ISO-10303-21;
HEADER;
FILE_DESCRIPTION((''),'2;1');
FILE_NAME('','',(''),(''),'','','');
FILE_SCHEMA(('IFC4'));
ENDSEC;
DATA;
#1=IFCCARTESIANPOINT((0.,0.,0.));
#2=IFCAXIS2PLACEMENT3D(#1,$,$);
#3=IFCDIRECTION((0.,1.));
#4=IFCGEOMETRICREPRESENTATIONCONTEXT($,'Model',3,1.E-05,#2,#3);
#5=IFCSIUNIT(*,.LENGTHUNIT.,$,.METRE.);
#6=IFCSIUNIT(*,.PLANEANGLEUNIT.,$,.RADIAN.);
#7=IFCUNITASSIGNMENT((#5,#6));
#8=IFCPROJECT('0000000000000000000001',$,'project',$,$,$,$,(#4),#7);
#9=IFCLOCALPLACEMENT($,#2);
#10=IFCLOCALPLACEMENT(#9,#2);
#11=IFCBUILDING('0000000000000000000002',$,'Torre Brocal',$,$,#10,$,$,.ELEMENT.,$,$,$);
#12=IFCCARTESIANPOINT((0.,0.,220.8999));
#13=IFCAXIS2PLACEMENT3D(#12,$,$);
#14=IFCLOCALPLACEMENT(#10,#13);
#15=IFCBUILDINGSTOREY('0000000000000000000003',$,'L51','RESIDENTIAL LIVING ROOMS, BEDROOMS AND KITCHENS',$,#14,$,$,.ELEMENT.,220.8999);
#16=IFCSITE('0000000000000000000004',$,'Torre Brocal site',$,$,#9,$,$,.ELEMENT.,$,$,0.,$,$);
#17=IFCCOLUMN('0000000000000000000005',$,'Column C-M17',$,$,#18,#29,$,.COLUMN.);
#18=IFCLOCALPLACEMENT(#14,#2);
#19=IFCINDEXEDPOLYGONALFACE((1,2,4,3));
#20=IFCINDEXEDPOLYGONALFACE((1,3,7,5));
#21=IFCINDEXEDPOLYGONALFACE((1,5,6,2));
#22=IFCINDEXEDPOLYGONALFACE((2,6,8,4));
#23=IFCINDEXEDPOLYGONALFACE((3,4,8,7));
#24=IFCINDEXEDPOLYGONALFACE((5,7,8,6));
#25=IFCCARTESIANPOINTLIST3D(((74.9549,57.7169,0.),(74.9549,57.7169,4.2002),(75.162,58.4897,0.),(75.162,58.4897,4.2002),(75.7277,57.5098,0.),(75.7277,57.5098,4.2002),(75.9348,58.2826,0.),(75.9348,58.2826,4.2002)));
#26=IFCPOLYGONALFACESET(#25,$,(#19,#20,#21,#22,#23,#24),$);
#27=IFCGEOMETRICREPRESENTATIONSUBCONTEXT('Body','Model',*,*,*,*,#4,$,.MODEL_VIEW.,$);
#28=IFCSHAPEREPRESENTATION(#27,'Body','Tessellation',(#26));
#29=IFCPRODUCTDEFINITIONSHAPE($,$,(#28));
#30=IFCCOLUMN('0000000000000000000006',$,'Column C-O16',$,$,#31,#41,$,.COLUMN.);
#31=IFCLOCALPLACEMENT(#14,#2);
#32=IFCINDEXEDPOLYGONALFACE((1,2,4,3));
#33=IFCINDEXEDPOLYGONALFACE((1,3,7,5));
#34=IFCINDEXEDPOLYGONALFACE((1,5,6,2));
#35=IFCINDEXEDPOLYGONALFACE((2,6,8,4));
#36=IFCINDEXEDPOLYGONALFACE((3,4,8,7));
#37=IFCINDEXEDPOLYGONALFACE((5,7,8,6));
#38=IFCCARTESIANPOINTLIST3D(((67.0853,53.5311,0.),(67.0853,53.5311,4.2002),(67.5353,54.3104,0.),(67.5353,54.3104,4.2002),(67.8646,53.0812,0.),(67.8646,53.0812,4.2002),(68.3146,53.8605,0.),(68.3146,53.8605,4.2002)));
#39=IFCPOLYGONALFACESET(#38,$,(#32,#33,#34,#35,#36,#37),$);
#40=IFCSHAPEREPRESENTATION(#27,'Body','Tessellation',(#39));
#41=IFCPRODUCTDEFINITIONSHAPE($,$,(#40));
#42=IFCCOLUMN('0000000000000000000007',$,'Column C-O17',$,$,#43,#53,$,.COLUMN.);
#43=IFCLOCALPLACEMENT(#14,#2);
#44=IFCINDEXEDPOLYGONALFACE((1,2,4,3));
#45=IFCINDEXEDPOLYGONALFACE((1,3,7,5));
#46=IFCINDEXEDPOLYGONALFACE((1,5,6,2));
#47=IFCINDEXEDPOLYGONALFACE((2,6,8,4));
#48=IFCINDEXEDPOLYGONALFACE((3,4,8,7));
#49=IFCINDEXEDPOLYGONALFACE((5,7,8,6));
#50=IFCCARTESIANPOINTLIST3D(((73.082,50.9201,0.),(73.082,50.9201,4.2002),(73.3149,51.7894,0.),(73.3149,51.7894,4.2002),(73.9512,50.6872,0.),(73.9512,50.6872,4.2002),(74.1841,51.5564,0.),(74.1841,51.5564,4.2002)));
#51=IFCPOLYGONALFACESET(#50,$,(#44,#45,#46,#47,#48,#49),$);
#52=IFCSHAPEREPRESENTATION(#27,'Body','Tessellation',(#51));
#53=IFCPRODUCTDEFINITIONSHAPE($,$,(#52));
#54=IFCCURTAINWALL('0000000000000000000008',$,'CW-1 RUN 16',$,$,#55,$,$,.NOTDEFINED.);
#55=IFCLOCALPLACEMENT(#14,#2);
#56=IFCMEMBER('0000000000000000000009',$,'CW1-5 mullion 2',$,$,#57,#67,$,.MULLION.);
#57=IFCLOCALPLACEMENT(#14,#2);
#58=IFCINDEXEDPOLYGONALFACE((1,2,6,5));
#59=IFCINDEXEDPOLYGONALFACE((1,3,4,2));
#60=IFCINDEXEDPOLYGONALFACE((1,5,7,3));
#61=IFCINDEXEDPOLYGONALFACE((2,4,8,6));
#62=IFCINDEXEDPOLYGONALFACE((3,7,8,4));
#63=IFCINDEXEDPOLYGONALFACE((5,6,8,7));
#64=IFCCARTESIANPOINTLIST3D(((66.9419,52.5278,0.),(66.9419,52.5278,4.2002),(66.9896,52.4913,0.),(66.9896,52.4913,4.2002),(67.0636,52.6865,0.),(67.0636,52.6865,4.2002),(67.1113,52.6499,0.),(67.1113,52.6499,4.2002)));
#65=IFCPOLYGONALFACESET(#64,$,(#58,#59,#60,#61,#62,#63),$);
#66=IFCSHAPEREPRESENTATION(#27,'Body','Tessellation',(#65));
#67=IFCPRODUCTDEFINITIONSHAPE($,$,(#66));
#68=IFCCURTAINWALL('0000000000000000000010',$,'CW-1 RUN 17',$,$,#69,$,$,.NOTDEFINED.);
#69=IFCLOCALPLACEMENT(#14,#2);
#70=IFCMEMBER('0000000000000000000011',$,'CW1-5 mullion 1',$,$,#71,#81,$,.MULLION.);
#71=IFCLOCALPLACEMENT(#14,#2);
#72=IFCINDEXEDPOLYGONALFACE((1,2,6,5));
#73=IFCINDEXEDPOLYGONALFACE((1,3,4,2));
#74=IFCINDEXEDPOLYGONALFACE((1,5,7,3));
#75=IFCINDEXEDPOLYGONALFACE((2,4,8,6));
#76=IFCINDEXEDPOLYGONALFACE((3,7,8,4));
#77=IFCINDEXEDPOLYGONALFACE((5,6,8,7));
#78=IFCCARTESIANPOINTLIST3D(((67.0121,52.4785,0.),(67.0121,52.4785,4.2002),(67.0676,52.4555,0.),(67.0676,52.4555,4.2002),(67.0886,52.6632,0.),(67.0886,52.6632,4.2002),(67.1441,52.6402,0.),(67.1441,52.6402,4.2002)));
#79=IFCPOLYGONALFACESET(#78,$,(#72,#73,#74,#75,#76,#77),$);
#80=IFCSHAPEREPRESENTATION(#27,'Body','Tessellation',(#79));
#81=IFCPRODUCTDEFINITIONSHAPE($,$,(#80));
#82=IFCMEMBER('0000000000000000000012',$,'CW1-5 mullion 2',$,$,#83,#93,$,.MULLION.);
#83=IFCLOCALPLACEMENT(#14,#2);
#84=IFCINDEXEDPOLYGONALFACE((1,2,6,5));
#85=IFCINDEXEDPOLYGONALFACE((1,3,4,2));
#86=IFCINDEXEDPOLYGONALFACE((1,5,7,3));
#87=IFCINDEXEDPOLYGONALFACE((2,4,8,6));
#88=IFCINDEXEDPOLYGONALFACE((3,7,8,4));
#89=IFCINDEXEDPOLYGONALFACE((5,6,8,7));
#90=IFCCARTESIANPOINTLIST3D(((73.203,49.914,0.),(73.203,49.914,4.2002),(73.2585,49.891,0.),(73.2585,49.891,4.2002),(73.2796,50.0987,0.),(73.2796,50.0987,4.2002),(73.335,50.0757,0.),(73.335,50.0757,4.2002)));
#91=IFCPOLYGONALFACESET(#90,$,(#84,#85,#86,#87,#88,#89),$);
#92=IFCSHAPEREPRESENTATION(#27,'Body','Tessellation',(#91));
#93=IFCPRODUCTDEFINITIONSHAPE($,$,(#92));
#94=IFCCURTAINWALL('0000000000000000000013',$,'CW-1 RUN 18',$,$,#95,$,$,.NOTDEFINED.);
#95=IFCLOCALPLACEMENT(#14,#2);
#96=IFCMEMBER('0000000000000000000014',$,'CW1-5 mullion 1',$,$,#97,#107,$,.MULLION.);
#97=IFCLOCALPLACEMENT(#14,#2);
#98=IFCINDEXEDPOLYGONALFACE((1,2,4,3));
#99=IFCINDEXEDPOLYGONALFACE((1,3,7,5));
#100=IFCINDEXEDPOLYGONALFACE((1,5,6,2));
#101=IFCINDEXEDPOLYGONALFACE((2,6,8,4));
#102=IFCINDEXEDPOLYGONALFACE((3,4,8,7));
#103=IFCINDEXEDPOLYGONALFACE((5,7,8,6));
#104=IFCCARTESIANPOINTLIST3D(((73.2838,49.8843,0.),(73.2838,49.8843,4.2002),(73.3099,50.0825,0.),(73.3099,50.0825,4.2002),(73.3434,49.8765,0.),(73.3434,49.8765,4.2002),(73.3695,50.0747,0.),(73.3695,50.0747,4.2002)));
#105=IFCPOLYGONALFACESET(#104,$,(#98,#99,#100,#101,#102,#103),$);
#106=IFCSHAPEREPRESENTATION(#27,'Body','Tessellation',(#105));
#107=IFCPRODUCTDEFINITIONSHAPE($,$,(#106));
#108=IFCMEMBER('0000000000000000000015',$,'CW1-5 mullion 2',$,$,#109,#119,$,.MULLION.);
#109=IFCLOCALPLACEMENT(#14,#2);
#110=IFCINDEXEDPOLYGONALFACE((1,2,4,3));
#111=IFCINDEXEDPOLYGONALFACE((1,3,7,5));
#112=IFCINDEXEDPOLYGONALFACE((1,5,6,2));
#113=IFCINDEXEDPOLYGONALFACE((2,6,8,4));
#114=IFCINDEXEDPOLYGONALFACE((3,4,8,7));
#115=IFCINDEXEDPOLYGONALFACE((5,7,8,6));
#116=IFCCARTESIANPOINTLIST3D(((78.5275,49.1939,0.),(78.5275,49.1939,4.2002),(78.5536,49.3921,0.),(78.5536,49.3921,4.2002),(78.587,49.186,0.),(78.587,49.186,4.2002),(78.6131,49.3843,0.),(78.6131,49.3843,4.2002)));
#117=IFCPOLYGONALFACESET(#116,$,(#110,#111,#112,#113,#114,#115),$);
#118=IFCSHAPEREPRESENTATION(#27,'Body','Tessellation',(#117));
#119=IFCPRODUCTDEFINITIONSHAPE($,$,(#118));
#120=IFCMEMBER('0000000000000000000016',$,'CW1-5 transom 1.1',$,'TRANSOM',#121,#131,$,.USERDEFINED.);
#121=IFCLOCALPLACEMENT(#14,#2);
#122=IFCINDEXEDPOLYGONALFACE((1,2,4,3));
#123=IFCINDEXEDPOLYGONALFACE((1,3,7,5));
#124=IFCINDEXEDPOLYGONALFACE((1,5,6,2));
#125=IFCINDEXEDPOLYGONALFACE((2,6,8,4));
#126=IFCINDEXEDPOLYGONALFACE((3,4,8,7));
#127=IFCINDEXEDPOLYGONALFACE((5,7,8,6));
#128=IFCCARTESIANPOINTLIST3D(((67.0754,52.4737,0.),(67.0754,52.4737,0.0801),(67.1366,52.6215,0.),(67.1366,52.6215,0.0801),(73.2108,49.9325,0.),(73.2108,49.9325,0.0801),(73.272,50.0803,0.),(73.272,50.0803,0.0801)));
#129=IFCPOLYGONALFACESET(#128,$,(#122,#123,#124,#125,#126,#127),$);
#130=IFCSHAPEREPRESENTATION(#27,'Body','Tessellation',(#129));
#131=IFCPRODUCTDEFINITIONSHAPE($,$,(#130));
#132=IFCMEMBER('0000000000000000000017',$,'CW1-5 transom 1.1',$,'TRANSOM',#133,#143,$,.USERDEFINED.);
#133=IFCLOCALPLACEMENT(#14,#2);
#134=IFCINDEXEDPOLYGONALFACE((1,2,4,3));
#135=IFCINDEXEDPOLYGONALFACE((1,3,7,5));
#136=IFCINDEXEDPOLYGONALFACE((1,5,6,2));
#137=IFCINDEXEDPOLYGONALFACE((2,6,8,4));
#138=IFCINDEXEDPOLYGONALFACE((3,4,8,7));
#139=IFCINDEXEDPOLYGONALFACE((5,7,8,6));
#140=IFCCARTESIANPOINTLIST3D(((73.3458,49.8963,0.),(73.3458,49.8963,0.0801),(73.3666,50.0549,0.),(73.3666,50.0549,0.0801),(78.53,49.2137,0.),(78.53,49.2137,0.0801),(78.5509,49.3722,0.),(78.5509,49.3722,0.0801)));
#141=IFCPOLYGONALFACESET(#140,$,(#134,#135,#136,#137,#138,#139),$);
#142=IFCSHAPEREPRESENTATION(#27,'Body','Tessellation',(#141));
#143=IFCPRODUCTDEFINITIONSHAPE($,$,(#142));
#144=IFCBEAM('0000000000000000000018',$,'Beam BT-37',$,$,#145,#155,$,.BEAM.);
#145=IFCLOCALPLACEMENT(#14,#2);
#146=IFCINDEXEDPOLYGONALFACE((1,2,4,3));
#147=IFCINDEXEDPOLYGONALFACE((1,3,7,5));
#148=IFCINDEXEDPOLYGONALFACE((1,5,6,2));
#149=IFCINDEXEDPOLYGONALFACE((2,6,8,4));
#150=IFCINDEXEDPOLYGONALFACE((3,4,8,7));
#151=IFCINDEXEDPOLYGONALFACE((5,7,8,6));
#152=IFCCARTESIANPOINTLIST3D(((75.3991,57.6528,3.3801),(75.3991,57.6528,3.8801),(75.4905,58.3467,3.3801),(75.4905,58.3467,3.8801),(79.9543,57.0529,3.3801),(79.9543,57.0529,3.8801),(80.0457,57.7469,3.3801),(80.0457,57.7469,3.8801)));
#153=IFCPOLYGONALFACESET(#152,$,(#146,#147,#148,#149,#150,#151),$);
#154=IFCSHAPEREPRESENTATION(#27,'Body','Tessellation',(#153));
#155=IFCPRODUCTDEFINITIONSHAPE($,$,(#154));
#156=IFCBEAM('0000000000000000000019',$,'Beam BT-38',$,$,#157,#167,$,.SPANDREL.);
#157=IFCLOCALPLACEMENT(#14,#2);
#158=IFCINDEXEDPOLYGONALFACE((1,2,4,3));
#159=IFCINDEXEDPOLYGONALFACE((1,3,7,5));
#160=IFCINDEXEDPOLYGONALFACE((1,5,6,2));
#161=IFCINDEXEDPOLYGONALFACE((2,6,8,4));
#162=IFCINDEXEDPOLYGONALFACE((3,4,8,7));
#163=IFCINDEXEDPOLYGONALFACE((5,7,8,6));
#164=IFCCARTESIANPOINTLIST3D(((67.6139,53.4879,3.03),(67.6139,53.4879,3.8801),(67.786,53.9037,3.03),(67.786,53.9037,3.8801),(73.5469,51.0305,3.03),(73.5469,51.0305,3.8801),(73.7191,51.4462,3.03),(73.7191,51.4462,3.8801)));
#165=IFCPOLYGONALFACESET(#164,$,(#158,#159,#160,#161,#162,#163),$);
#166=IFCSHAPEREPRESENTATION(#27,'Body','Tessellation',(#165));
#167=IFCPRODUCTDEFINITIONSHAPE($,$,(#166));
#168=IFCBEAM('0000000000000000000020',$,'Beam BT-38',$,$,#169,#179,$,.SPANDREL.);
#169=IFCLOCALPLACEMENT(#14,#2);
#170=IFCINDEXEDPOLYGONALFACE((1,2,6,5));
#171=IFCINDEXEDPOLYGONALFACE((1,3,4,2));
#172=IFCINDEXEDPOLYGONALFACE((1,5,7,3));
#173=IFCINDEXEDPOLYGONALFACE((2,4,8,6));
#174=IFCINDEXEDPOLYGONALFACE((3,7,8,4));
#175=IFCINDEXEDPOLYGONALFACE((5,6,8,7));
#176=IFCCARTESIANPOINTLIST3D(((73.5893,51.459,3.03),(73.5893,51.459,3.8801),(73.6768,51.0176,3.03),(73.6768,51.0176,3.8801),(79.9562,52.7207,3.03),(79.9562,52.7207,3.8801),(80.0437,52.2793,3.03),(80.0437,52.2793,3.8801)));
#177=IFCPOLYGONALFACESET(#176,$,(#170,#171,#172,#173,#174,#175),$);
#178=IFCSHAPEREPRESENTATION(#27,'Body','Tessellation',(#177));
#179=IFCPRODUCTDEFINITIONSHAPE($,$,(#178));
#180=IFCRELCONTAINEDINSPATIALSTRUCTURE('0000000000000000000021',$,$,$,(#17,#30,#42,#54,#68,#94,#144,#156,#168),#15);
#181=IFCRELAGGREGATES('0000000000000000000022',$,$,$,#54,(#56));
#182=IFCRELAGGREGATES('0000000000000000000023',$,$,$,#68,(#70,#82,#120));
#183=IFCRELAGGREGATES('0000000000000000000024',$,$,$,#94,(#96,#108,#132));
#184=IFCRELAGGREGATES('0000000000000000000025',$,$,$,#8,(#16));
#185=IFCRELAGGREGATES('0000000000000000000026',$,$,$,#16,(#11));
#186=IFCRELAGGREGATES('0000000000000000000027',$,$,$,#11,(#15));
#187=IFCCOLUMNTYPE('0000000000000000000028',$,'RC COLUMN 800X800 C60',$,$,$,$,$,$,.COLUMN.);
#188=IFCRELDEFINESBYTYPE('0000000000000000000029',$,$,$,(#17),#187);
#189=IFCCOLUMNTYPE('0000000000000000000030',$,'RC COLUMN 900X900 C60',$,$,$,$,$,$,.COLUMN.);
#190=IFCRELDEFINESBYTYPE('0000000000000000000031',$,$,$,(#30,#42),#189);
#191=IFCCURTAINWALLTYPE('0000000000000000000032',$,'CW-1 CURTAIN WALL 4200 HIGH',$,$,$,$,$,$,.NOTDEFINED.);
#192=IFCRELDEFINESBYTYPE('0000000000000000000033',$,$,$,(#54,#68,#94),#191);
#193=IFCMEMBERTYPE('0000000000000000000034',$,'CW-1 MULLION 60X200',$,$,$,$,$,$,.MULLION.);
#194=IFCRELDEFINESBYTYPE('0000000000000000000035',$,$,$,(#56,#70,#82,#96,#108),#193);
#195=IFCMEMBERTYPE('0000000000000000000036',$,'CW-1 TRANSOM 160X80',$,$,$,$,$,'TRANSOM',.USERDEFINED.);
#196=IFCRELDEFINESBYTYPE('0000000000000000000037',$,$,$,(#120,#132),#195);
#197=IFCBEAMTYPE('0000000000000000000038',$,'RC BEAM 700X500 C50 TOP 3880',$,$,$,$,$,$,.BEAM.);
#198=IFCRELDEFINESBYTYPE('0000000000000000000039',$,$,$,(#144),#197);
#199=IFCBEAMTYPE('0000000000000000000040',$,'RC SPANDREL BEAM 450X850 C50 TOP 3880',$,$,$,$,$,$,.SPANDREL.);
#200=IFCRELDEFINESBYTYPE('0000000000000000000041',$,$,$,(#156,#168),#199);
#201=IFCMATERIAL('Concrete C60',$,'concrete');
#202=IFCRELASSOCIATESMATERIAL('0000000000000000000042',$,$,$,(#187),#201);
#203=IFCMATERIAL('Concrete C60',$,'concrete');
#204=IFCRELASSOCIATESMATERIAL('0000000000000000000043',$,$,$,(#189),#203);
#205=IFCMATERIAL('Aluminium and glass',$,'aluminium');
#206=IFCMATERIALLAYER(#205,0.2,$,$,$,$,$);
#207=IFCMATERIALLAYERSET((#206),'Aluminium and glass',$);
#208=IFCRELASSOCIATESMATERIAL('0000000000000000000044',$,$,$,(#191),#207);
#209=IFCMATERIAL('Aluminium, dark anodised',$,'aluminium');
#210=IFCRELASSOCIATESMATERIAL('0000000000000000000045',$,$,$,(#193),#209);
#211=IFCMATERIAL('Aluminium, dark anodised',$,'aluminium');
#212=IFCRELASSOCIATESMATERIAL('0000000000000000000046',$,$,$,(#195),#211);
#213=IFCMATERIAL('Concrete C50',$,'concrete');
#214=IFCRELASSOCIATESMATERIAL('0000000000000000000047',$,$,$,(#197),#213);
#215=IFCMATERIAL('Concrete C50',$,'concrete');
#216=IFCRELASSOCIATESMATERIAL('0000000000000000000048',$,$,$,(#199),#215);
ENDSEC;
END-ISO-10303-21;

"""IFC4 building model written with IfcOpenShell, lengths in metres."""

from ifc_helpers import new_model, si_unit, direction, frame, origin, origin_2d, place, context, subcontext, project, spatial, rectangle, extrude, material, layer, layer_set, material_profile, profile_set, type_object, element, aggregate, save


model = new_model("IFC4")

# Units and contexts
model_context = context("Model", 3, precision=1e-05, world=origin(), true_north=direction((0.0, 1.0)))
body_context = subcontext(model_context, "Body", "Model", "MODEL_VIEW")
ifc_project = project(units=[si_unit("LENGTHUNIT", "METRE"), si_unit("PLANEANGLEUNIT", "RADIAN")], contexts=[model_context])

# Site, building, storey
site_placement = place(None, origin())
site = spatial("IfcSite", under=ifc_project, at=site_placement, Name="Torre Brocal site", CompositionType="ELEMENT", RefElevation=0.0)
building_placement = place(site_placement, origin())
building = spatial("IfcBuilding", under=site, at=building_placement, Name="Torre Brocal", CompositionType="ELEMENT")
storey_placement = place(building_placement, frame((0.0, 0.0, 220.8999)))
storey = spatial("IfcBuildingStorey", under=building, at=storey_placement, Name="L51", Description="RESIDENTIAL LIVING ROOMS, BEDROOMS AND KITCHENS", CompositionType="ELEMENT", Elevation=220.8999)

# Columns
ifc_material_1 = material(Name="Concrete C60", Category="concrete")
ifc_material_profile_1 = material_profile(ifc_material_1, rectangle(XDim=0.8, YDim=0.8, at=origin_2d()), Name="RC 800X800")
ifc_profile_set_1 = profile_set([ifc_material_profile_1], Name="Concrete C60")
column_type_1 = type_object("IfcColumnType", Name="RC COLUMN 800X800 C60", PredefinedType="COLUMN", material=ifc_profile_set_1)
column_placement = place(storey_placement, frame((75.4448, 57.9998, 0.0), z_axis=(0.0, 0.0, 1.0), x_axis=(-0.258819, -0.965926, 0.0)))
element("IfcColumn", 1, at=column_placement, inside=storey, type_object=column_type_1, Name="Column C-M17", PredefinedType="COLUMN", context=body_context, shape_type="SweptSolid", body=[
    extrude(rectangle(XDim=0.8, YDim=0.8, at=origin_2d()), origin(), (0.0, 0.0, 1.0), 4.2002),
])
ifc_material_2 = material(Name="Concrete C60", Category="concrete")
ifc_material_profile_2 = material_profile(ifc_material_2, rectangle(XDim=0.8999, YDim=0.8999, at=origin_2d()), Name="RC 900X900")
ifc_profile_set_2 = profile_set([ifc_material_profile_2], Name="Concrete C60")
column_type_2 = type_object("IfcColumnType", Name="RC COLUMN 900X900 C60", PredefinedType="COLUMN", material=ifc_profile_set_2)
for number, where, z_axis, x_axis, name in (
    (2, (67.7, 53.6958, 0.0), (0.0, 0.0, 1.0), (-0.5, -0.866025, 0.0), "Column C-O16"),
    (3, (73.6331, 51.2383, 0.0), (0.0, 0.0, 1.0), (-0.258819, -0.965926, 0.0), "Column C-O17"),
):
    element("IfcColumn", number, at=place(storey_placement, frame(where, z_axis=z_axis, x_axis=x_axis)), inside=storey, type_object=column_type_2, Name=name, PredefinedType="COLUMN", context=body_context, shape_type="SweptSolid", body=[
        extrude(rectangle(XDim=0.8999, YDim=0.8999, at=origin_2d()), origin(), (0.0, 0.0, 1.0), 4.2002),
    ])

# Curtain wall, member
ifc_material_3 = material(Name="Aluminium and glass", Category="aluminium")
ifc_layer_1 = layer(ifc_material_3, 0.2)
ifc_layer_set_1 = layer_set([ifc_layer_1], Name="Aluminium and glass")
curtain_wall_type = type_object("IfcCurtainWallType", Name="CW-1 CURTAIN WALL 4200 HIGH", PredefinedType="NOTDEFINED", material=ifc_layer_set_1)
curtain_wall_1_placement = place(storey_placement, origin())
curtain_wall_1 = element("IfcCurtainWall", 4, at=curtain_wall_1_placement, inside=storey, type_object=curtain_wall_type, Name="CW-1 RUN 16", PredefinedType="NOTDEFINED")
ifc_material_4 = material(Name="Aluminium, dark anodised", Category="aluminium")
ifc_material_profile_3 = material_profile(ifc_material_4, rectangle(XDim=0.2, YDim=0.0601, at=origin_2d()), Name="CW-1 MULLION 60X200")
ifc_profile_set_3 = profile_set([ifc_material_profile_3], Name="Aluminium, dark anodised")
member_type_1 = type_object("IfcMemberType", Name="CW-1 MULLION 60X200", PredefinedType="MULLION", material=ifc_profile_set_3)
member_1_placement = place(storey_placement, frame((67.0266, 52.5889, 0.0), z_axis=(0.0, 0.0, 1.0), x_axis=(0.608761, 0.793353, 0.0)))
member_1 = element("IfcMember", 5, at=member_1_placement, type_object=member_type_1, Name="CW1-5 mullion 2", PredefinedType="MULLION", context=body_context, shape_type="SweptSolid", body=[
    extrude(rectangle(XDim=0.2, YDim=0.0601, at=origin_2d()), origin(), (0.0, 0.0, 1.0), 4.2002),
])
aggregate(curtain_wall_1, [member_1])

# Curtain walls, members
curtain_wall_2_placement = place(storey_placement, origin())
curtain_wall_2 = element("IfcCurtainWall", 6, at=curtain_wall_2_placement, inside=storey, type_object=curtain_wall_type, Name="CW-1 RUN 17", PredefinedType="NOTDEFINED")
member_2_placement = place(storey_placement, frame((67.0781, 52.5593, 0.0), z_axis=(0.0, 0.0, 1.0), x_axis=(0.382683, 0.92388, 0.0)))
member_2 = element("IfcMember", 7, at=member_2_placement, type_object=member_type_1, Name="CW1-5 mullion 1", PredefinedType="MULLION", context=body_context, shape_type="SweptSolid", body=[
    extrude(rectangle(XDim=0.2, YDim=0.0601, at=origin_2d()), origin(), (0.0, 0.0, 1.0), 4.2002),
])
member_3_placement = place(storey_placement, frame((73.269, 49.9949, 0.0), z_axis=(0.0, 0.0, 1.0), x_axis=(0.382683, 0.92388, 0.0)))
member_3 = element("IfcMember", 8, at=member_3_placement, type_object=member_type_1, Name="CW1-5 mullion 2", PredefinedType="MULLION", context=body_context, shape_type="SweptSolid", body=[
    extrude(rectangle(XDim=0.2, YDim=0.0601, at=origin_2d()), origin(), (0.0, 0.0, 1.0), 4.2002),
])
curtain_wall_3_placement = place(storey_placement, origin())
curtain_wall_3 = element("IfcCurtainWall", 9, at=curtain_wall_3_placement, inside=storey, type_object=curtain_wall_type, Name="CW-1 RUN 18", PredefinedType="NOTDEFINED")
member_4_placement = place(storey_placement, frame((73.3267, 49.9795, 0.0), z_axis=(0.0, 0.0, 1.0), x_axis=(0.130526, 0.991445, 0.0)))
member_4 = element("IfcMember", 10, at=member_4_placement, type_object=member_type_1, Name="CW1-5 mullion 1", PredefinedType="MULLION", context=body_context, shape_type="SweptSolid", body=[
    extrude(rectangle(XDim=0.2, YDim=0.0601, at=origin_2d()), origin(), (0.0, 0.0, 1.0), 4.2002),
])
member_5_placement = place(storey_placement, frame((78.5703, 49.2891, 0.0), z_axis=(0.0, 0.0, 1.0), x_axis=(0.130526, 0.991445, 0.0)))
member_5 = element("IfcMember", 11, at=member_5_placement, type_object=member_type_1, Name="CW1-5 mullion 2", PredefinedType="MULLION", context=body_context, shape_type="SweptSolid", body=[
    extrude(rectangle(XDim=0.2, YDim=0.0601, at=origin_2d()), origin(), (0.0, 0.0, 1.0), 4.2002),
])

# Members
ifc_material_5 = material(Name="Aluminium, dark anodised", Category="aluminium")
ifc_material_profile_4 = material_profile(ifc_material_5, rectangle(XDim=0.1599, YDim=0.0801, at=origin_2d()), Name="CW-1 TRANSOM 160X80")
ifc_profile_set_4 = profile_set([ifc_material_profile_4], Name="Aluminium, dark anodised")
member_type_2 = type_object("IfcMemberType", Name="CW-1 TRANSOM 160X80", ElementType="TRANSOM", PredefinedType="USERDEFINED", material=ifc_profile_set_4)
member_6_placement = place(storey_placement, frame((67.106, 52.5476, 0.04), z_axis=(0.923887, -0.382665, 0.0), x_axis=(0.382665, 0.923887, 0.0)))
member_6 = element("IfcMember", 12, at=member_6_placement, type_object=member_type_2, Name="CW1-5 transom 1.1", ObjectType="TRANSOM", PredefinedType="USERDEFINED", context=body_context, shape_type="SweptSolid", body=[
    extrude(rectangle(XDim=0.1599, YDim=0.0801, at=origin_2d()), origin(), (0.0, 0.0, 1.0), 6.6409),
])
member_7_placement = place(storey_placement, frame((73.3562, 49.9756, 0.04), z_axis=(0.991443, -0.130543, 0.0), x_axis=(0.130543, 0.991443, 0.0)))
member_7 = element("IfcMember", 13, at=member_7_placement, type_object=member_type_2, Name="CW1-5 transom 1.1", ObjectType="TRANSOM", PredefinedType="USERDEFINED", context=body_context, shape_type="SweptSolid", body=[
    extrude(rectangle(XDim=0.1599, YDim=0.0801, at=origin_2d()), origin(), (0.0, 0.0, 1.0), 5.229),
])

# Beams
ifc_material_6 = material(Name="Concrete C50", Category="concrete")
ifc_material_profile_5 = material_profile(ifc_material_6, rectangle(XDim=0.7, YDim=0.5, at=origin_2d()), Name="RC 700X500")
ifc_profile_set_5 = profile_set([ifc_material_profile_5], Name="Concrete C50")
beam_type_1 = type_object("IfcBeamType", Name="RC BEAM 700X500 C50 TOP 3880", PredefinedType="BEAM", material=ifc_profile_set_5)
beam_1_placement = place(storey_placement, frame((75.4448, 57.9998, 3.6301), z_axis=(0.991441, -0.130559, 0.0), x_axis=(0.130559, 0.991441, 0.0)))
element("IfcBeam", 14, at=beam_1_placement, inside=storey, type_object=beam_type_1, Name="Beam BT-37", PredefinedType="BEAM", context=body_context, shape_type="SweptSolid", body=[
    extrude(rectangle(XDim=0.7, YDim=0.5, at=origin_2d()), origin(), (0.0, 0.0, 1.0), 4.5945),
])
ifc_material_7 = material(Name="Concrete C50", Category="concrete")
ifc_material_profile_6 = material_profile(ifc_material_7, rectangle(XDim=0.45, YDim=0.8501, at=origin_2d()), Name="RC 450X850")
ifc_profile_set_6 = profile_set([ifc_material_profile_6], Name="Concrete C50")
beam_type_2 = type_object("IfcBeamType", Name="RC SPANDREL BEAM 450X850 C50 TOP 3880", PredefinedType="SPANDREL", material=ifc_profile_set_6)
beam_2_placement = place(storey_placement, frame((67.7, 53.6958, 3.4551), z_axis=(0.923882, -0.382676, 0.0), x_axis=(0.382676, 0.923882, 0.0)))
element("IfcBeam", 15, at=beam_2_placement, inside=storey, type_object=beam_type_2, Name="Beam BT-38", PredefinedType="SPANDREL", context=body_context, shape_type="SweptSolid", body=[
    extrude(rectangle(XDim=0.45, YDim=0.8501, at=origin_2d()), origin(), (0.0, 0.0, 1.0), 6.4219),
])
beam_3_placement = place(storey_placement, frame((73.6331, 51.2383, 3.4551), z_axis=(0.980925, 0.194387, 0.0), x_axis=(-0.194387, 0.980925, 0.0)))
element("IfcBeam", 16, at=beam_3_placement, inside=storey, type_object=beam_type_2, Name="Beam BT-38", PredefinedType="SPANDREL", context=body_context, shape_type="SweptSolid", body=[
    extrude(rectangle(XDim=0.45, YDim=0.8501, at=origin_2d()), origin(), (0.0, 0.0, 1.0), 6.4907),
])

aggregate(curtain_wall_2, [member_2, member_3, member_6])
aggregate(curtain_wall_3, [member_4, member_5, member_7])

save(model, "model.ifc")
